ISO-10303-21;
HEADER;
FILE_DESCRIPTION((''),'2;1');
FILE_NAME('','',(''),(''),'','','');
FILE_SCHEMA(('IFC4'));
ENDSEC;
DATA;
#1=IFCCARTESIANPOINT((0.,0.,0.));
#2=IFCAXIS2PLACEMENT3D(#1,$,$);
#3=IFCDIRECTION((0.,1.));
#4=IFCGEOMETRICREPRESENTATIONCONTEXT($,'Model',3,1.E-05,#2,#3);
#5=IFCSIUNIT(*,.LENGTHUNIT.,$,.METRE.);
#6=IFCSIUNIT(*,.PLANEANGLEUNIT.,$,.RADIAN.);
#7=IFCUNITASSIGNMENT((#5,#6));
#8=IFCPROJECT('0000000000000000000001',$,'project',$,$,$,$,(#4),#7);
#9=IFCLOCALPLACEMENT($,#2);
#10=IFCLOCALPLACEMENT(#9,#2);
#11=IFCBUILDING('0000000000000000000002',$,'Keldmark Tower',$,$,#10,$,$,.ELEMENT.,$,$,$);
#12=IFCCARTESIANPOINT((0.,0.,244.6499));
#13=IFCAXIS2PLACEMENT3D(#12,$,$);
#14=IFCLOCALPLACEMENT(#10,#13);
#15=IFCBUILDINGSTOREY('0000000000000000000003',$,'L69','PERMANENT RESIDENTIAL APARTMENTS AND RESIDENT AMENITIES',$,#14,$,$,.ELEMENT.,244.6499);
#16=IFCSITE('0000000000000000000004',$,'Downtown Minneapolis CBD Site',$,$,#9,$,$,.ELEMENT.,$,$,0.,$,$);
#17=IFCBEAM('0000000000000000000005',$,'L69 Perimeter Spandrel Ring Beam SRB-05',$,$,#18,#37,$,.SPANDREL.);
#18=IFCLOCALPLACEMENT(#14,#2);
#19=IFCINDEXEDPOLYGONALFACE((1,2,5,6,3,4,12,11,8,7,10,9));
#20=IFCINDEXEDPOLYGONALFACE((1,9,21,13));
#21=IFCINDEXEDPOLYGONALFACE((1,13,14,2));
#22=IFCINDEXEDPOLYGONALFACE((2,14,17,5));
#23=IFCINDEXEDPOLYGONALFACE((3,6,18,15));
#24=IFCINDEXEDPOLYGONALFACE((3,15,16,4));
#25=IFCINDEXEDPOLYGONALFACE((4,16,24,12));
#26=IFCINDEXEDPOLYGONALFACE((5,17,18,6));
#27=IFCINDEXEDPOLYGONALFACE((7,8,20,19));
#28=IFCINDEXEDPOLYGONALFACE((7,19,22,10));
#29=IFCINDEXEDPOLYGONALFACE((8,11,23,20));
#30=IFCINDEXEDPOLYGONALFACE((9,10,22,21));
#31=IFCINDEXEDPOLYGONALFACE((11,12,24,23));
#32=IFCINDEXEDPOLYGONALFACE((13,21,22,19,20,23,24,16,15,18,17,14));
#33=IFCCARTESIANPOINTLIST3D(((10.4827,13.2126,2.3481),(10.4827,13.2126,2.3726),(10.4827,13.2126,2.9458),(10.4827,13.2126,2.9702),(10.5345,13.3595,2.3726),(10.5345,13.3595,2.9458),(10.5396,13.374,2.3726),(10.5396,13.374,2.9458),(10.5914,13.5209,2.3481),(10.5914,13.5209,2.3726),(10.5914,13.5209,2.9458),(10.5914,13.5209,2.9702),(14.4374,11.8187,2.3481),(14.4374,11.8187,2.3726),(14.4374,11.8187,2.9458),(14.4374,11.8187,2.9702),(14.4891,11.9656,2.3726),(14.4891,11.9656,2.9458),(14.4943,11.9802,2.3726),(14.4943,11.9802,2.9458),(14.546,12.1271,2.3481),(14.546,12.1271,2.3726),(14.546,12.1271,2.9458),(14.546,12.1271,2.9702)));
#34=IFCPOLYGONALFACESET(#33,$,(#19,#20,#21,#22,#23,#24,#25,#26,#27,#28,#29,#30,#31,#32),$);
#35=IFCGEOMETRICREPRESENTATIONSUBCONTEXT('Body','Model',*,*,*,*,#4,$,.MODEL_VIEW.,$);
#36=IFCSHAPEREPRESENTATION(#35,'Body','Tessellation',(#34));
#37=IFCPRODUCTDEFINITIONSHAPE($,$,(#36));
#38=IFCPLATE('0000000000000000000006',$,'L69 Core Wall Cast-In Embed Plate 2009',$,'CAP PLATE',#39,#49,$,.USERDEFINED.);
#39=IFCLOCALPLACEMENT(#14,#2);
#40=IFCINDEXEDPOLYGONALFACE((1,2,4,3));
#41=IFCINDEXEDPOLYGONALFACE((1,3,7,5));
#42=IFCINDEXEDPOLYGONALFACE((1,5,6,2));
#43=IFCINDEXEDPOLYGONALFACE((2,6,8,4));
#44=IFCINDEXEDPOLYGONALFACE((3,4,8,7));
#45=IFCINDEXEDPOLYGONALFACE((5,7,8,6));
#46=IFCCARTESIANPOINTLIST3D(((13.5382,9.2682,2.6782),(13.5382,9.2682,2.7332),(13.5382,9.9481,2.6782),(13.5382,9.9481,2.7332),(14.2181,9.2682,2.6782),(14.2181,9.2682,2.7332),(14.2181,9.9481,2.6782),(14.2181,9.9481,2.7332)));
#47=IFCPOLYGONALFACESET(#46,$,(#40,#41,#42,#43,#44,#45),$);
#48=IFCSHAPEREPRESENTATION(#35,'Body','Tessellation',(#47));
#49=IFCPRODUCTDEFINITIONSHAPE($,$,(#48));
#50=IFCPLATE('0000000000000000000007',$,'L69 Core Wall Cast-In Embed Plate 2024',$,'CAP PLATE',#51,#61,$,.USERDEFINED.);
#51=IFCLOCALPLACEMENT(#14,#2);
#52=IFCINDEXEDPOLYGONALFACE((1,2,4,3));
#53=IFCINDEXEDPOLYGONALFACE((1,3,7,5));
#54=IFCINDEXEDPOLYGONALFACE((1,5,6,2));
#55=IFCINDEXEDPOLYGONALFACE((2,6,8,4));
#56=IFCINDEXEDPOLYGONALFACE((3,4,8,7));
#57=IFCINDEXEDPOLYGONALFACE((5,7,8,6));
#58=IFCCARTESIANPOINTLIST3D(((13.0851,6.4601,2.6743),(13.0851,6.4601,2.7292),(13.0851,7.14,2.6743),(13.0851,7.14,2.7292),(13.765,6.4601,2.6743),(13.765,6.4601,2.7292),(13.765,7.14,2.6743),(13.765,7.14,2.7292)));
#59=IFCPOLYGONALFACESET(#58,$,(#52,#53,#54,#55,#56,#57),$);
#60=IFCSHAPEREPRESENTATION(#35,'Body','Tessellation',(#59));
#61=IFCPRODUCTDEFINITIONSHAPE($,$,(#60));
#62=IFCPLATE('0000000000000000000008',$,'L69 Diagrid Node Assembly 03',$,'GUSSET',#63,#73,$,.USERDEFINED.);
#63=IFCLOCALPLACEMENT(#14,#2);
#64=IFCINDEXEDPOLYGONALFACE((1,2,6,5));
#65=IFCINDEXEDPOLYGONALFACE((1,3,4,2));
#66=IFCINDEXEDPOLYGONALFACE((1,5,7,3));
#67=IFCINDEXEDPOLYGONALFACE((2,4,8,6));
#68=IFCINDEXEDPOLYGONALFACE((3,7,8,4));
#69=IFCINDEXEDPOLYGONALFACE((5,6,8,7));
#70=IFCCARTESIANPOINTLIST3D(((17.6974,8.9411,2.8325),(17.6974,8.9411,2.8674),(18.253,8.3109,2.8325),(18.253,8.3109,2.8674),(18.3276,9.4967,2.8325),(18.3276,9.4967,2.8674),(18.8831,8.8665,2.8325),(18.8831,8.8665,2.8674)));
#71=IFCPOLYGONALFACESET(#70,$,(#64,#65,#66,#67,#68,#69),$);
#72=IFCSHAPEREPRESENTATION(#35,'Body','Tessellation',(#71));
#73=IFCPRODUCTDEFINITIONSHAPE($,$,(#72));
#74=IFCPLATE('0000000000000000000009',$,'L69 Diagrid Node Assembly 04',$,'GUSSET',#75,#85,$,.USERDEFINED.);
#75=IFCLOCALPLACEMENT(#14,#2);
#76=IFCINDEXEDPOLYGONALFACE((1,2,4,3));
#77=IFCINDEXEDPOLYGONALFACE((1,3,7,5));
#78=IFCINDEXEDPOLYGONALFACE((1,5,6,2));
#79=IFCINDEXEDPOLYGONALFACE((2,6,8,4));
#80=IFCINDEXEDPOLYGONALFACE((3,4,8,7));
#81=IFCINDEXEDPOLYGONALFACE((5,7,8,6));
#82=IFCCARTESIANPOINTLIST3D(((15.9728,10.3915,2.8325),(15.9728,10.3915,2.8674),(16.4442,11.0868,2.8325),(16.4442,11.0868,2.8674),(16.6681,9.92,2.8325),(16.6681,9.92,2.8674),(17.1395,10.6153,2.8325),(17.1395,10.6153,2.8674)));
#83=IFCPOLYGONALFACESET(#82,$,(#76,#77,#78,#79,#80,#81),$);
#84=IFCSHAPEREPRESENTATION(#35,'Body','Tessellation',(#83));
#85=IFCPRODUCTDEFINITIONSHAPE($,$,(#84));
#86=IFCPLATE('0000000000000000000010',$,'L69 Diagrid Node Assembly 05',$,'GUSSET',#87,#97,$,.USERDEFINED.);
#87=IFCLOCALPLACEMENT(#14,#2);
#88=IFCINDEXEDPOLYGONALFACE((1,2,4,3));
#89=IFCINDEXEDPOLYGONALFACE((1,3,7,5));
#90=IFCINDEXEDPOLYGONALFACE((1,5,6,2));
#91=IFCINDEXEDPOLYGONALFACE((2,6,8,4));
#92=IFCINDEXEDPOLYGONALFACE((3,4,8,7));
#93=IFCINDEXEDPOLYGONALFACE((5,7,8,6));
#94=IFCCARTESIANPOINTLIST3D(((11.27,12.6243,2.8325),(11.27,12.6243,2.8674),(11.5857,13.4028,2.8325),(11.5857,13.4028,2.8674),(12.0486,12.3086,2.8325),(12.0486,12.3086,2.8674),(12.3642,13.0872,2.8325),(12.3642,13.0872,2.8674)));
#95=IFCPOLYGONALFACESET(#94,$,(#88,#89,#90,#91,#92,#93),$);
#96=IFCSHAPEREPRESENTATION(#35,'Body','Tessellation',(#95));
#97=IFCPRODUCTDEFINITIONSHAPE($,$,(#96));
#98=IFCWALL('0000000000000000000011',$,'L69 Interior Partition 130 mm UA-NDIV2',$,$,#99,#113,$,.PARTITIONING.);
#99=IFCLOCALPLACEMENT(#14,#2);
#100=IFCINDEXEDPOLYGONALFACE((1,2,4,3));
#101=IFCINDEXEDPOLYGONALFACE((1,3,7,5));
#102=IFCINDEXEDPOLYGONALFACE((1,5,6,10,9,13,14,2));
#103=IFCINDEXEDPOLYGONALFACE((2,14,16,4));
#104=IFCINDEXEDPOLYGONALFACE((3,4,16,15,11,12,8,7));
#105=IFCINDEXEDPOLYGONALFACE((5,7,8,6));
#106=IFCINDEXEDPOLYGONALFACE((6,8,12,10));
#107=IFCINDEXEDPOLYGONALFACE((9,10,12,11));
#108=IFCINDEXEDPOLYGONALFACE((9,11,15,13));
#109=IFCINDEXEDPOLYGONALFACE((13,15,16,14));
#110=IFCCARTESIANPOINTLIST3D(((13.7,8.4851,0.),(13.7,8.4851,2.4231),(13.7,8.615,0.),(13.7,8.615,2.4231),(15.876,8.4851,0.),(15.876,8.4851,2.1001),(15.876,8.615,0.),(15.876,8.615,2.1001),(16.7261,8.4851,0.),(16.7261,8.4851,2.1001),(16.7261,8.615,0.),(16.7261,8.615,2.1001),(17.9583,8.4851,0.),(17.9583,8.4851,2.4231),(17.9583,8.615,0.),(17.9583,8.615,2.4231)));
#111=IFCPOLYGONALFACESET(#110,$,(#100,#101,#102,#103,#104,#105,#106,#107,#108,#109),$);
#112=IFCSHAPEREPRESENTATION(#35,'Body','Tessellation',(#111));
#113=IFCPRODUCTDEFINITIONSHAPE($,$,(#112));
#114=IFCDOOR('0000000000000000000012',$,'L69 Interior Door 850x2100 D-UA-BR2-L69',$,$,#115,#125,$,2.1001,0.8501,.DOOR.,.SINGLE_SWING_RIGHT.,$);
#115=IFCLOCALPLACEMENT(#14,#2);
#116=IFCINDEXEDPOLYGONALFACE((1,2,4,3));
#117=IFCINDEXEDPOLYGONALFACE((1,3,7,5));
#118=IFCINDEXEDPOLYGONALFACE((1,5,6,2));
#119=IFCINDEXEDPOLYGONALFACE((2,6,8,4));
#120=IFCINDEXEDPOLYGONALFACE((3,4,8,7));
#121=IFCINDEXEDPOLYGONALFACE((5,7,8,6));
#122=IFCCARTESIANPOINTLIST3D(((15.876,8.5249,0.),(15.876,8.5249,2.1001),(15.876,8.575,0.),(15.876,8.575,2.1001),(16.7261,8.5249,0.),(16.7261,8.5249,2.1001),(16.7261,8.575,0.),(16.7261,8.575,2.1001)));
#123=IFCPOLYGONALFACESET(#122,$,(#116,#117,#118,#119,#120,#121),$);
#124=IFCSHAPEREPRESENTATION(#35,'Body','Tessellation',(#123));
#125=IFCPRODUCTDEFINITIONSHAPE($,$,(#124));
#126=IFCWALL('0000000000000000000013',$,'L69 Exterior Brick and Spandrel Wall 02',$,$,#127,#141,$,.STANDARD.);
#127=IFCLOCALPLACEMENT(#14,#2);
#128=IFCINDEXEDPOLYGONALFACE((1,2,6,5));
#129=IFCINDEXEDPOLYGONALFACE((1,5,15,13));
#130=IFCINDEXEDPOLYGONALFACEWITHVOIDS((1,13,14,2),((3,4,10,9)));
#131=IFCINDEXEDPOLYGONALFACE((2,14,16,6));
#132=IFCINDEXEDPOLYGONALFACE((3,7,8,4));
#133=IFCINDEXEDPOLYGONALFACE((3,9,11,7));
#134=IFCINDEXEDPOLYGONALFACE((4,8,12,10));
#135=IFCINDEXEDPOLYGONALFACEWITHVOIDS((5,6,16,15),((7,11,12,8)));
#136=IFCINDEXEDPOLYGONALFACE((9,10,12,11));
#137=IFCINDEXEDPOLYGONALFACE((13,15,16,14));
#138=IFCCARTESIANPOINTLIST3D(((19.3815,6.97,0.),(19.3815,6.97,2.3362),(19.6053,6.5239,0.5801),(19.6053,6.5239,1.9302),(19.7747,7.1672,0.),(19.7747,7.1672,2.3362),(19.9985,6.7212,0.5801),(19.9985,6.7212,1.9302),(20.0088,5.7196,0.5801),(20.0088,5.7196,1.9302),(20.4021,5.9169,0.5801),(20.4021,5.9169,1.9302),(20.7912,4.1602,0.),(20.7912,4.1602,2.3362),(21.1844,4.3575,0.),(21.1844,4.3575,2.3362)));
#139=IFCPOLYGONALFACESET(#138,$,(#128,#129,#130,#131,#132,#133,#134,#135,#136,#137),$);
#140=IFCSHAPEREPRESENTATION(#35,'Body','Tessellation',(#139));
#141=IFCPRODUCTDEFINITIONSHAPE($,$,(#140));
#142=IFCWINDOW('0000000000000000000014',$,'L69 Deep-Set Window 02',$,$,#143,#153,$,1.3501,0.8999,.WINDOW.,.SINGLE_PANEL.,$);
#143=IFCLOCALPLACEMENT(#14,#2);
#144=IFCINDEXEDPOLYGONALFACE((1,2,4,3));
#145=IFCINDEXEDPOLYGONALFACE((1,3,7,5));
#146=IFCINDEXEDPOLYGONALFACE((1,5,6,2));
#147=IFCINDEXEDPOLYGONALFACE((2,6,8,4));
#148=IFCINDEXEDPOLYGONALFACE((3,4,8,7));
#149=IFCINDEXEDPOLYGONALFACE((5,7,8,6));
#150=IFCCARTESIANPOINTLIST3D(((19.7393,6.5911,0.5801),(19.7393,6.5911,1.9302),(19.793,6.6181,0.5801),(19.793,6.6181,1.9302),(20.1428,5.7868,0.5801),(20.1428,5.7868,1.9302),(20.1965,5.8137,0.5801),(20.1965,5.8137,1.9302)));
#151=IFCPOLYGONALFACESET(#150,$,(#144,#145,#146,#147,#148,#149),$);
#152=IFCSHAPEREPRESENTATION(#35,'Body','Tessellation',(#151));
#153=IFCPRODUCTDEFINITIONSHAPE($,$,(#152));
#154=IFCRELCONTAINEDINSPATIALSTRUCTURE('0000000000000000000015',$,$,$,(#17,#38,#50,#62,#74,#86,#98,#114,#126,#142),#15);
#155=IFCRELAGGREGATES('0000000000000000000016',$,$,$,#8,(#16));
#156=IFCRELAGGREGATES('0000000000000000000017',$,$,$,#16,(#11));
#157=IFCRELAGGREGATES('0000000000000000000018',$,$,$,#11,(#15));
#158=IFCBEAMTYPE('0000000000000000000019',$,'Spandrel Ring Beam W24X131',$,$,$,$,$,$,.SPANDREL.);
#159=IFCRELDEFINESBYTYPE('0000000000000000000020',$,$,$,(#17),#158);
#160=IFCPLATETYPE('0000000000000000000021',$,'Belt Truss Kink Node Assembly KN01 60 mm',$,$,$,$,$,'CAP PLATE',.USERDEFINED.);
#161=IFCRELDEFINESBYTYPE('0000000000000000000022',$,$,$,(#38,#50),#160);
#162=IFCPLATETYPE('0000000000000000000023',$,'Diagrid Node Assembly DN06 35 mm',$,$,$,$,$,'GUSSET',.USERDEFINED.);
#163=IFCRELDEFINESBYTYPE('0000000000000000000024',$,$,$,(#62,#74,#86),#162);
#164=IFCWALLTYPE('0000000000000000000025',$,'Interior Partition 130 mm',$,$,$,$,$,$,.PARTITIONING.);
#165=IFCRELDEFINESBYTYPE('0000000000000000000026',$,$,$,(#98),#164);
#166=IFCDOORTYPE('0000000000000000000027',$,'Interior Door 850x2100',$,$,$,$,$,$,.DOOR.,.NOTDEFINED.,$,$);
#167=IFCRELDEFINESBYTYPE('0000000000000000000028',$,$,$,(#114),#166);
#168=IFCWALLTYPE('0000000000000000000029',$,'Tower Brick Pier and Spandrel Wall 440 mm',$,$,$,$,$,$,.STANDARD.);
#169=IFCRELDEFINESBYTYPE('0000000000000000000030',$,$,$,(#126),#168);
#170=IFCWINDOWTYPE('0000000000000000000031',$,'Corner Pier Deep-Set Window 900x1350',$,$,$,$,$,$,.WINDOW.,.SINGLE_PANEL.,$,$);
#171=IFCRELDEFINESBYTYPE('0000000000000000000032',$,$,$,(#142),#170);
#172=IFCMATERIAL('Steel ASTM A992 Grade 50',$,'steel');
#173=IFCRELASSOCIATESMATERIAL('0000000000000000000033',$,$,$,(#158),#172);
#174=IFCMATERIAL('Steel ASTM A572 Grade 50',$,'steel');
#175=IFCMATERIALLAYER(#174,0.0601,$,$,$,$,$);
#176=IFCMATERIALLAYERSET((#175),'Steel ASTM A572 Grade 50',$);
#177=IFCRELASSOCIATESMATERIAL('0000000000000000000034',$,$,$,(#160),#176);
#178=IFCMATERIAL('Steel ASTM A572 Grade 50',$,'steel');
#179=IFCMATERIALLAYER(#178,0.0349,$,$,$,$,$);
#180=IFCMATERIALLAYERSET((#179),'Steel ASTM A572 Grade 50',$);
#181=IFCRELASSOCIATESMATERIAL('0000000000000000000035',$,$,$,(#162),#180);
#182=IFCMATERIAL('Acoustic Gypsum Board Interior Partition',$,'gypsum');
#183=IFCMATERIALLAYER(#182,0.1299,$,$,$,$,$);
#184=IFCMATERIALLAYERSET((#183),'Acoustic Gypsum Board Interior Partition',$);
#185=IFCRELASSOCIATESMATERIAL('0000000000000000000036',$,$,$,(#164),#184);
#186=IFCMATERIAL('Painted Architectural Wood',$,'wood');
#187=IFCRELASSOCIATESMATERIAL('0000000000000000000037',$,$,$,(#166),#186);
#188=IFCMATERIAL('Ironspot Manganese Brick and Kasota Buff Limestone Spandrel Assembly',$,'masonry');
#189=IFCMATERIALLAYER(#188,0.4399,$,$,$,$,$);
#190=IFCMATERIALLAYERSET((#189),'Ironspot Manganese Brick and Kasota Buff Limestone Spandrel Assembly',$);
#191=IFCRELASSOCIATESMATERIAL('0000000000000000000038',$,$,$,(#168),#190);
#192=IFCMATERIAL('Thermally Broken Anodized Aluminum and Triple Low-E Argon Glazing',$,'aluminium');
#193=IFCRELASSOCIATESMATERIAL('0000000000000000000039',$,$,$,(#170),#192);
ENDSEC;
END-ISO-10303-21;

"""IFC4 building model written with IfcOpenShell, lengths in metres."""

from ifc_helpers import new_model, si_unit, direction, frame, frame_2d, origin, origin_2d, place, context, subcontext, project, spatial, rectangle, i_section, extrude, material, layer, layer_set, material_profile, profile_set, type_object, element, fill, save


model = new_model("IFC4")

# Units and contexts
model_context = context("Model", 3, precision=1e-05, world=origin(), true_north=direction((0.0, 1.0)))
body_context = subcontext(model_context, "Body", "Model", "MODEL_VIEW")
ifc_project = project(units=[si_unit("LENGTHUNIT", "METRE"), si_unit("PLANEANGLEUNIT", "RADIAN")], contexts=[model_context])

# Site, building, storey
site_placement = place(None, origin())
site = spatial("IfcSite", under=ifc_project, at=site_placement, Name="Downtown Minneapolis CBD Site", CompositionType="ELEMENT", RefElevation=0.0)
building_placement = place(site_placement, origin())
building = spatial("IfcBuilding", under=site, at=building_placement, Name="Keldmark Tower", CompositionType="ELEMENT")
storey_placement = place(building_placement, frame((0.0, 0.0, 244.6499)))
storey = spatial("IfcBuildingStorey", under=building, at=storey_placement, Name="L69", Description="PERMANENT RESIDENTIAL APARTMENTS AND RESIDENT AMENITIES", CompositionType="ELEMENT", Elevation=244.6499)

# Beam
ifc_material_1 = material(Name="Steel ASTM A992 Grade 50", Category="steel")
ifc_material_profile_1 = material_profile(ifc_material_1, i_section(OverallWidth=0.3269, OverallDepth=0.6221, WebThickness=0.0154, FlangeThickness=0.0244, at=origin_2d()), Name="W24X131")
ifc_profile_set_1 = profile_set([ifc_material_profile_1], Name="Steel ASTM A992 Grade 50")
beam_type_1 = type_object("IfcBeamType", Name="Spandrel Ring Beam W24X131", PredefinedType="SPANDREL", material=ifc_profile_set_1)
beam_1_placement = place(storey_placement, frame((14.4917, 11.9729, 2.6592), z_axis=(-0.943135, 0.332409, 0.0), x_axis=(-0.332409, -0.943135, 0.0)))
element("IfcBeam", 1, at=beam_1_placement, inside=storey, type_object=beam_type_1, Name="L69 Perimeter Spandrel Ring Beam SRB-05", PredefinedType="SPANDREL", context=body_context, shape_type="SweptSolid", body=[
    extrude(i_section(OverallWidth=0.3269, OverallDepth=0.6221, WebThickness=0.0154, FlangeThickness=0.0244, at=origin_2d()), origin(), (0.0, 0.0, 1.0), 4.1931),
])

# Plates
ifc_material_2 = material(Name="Steel ASTM A572 Grade 50", Category="steel")
ifc_layer_1 = layer(ifc_material_2, 0.0601)
ifc_layer_set_1 = layer_set([ifc_layer_1], Name="Steel ASTM A572 Grade 50")
plate_type_1 = type_object("IfcPlateType", Name="Belt Truss Kink Node Assembly KN01 60 mm", ElementType="CAP PLATE", PredefinedType="USERDEFINED", material=ifc_layer_set_1)
for number, where, z_axis, x_axis, name in (
    (2, (13.8782, 9.6082, 2.6782), (0.0, 0.0, 1.0), (1.0, 0.0, 0.0), "L69 Core Wall Cast-In Embed Plate 2009"),
    (3, (13.425, 6.8, 2.6743), (0.0, 0.0, 1.0), (1.0, 0.0, 0.0), "L69 Core Wall Cast-In Embed Plate 2024"),
):
    element("IfcPlate", number, at=place(storey_placement, frame(where, z_axis=z_axis, x_axis=x_axis)), inside=storey, type_object=plate_type_1, Name=name, ObjectType="CAP PLATE", PredefinedType="USERDEFINED", context=body_context, shape_type="SweptSolid", body=[
        extrude(rectangle(XDim=0.6799, YDim=0.6799, at=origin_2d()), origin(), (0.0, 0.0, 1.0), 0.0549),
    ])
ifc_material_3 = material(Name="Steel ASTM A572 Grade 50", Category="steel")
ifc_layer_2 = layer(ifc_material_3, 0.0349)
ifc_layer_set_2 = layer_set([ifc_layer_2], Name="Steel ASTM A572 Grade 50")
plate_type_2 = type_object("IfcPlateType", Name="Diagrid Node Assembly DN06 35 mm", ElementType="GUSSET", PredefinedType="USERDEFINED", material=ifc_layer_set_2)
for number, where, z_axis, x_axis, name in (
    (4, (18.2903, 8.9038, 2.8325), (0.0, 0.0, 1.0), (-0.661312, 0.750111, 0.0), "L69 Diagrid Node Assembly 03"),
    (5, (16.5562, 10.5034, 2.8325), (0.0, 0.0, 1.0), (-0.827669, 0.561217, 0.0), "L69 Diagrid Node Assembly 04"),
    (6, (11.8171, 12.8557, 2.8325), (0.0, 0.0, 1.0), (-0.926725, 0.375739, 0.0), "L69 Diagrid Node Assembly 05"),
):
    element("IfcPlate", number, at=place(storey_placement, frame(where, z_axis=z_axis, x_axis=x_axis)), inside=storey, type_object=plate_type_2, Name=name, ObjectType="GUSSET", PredefinedType="USERDEFINED", context=body_context, shape_type="SweptSolid", body=[
        extrude(rectangle(XDim=0.8401, YDim=0.8401, at=origin_2d()), origin(), (0.0, 0.0, 1.0), 0.0349),
    ])

# Wall, opening, door
ifc_material_4 = material(Name="Acoustic Gypsum Board Interior Partition", Category="gypsum")
ifc_layer_3 = layer(ifc_material_4, 0.1299)
ifc_layer_set_3 = layer_set([ifc_layer_3], Name="Acoustic Gypsum Board Interior Partition")
wall_type_1 = type_object("IfcWallType", Name="Interior Partition 130 mm", PredefinedType="PARTITIONING", material=ifc_layer_set_3)
wall_1_placement = place(storey_placement, frame((13.7, 8.55, 0.0), z_axis=(0.0, 0.0, 1.0), x_axis=(1.0, 0.0, 0.0)))
wall_1 = element("IfcWall", 7, at=wall_1_placement, inside=storey, type_object=wall_type_1, Name="L69 Interior Partition 130 mm UA-NDIV2", PredefinedType="PARTITIONING", context=body_context, shape_type="SweptSolid", body=[
    extrude(rectangle(XDim=4.2583, YDim=0.1299, at=frame_2d((2.1292, 0.0))), origin(), (0.0, 0.0, 1.0), 2.4231),
])
opening_1_placement = place(wall_1_placement, frame((2.176, 0.0, 0.0)))
opening_1 = element("IfcOpeningElement", 8, at=opening_1_placement, cuts=wall_1, PredefinedType="OPENING", context=body_context, shape_type="SweptSolid", body=[
    extrude(rectangle(XDim=0.8501, YDim=2.1001, at=frame_2d((0.425, 1.05))), frame((0.0, 0.075, 0.0), z_axis=(0.0, -1.0, 0.0), x_axis=(1.0, 0.0, 0.0)), (0.0, 0.0, 1.0), 0.1499),
])
ifc_material_5 = material(Name="Painted Architectural Wood", Category="wood")
door_type = type_object("IfcDoorType", Name="Interior Door 850x2100", OperationType="NOTDEFINED", PredefinedType="DOOR", material=ifc_material_5)
door_placement = place(opening_1_placement, origin())
door = element("IfcDoor", 9, at=door_placement, inside=storey, type_object=door_type, Name="L69 Interior Door 850x2100 D-UA-BR2-L69", OperationType="SINGLE_SWING_RIGHT", OverallHeight=2.1001, OverallWidth=0.8501, PredefinedType="DOOR", context=body_context, shape_type="SweptSolid", body=[
    extrude(rectangle(XDim=0.8501, YDim=2.1001, at=frame_2d((0.425, 1.05))), frame((0.0, 0.0249, 0.0), z_axis=(0.0, -1.0, 0.0), x_axis=(1.0, 0.0, 0.0)), (0.0, 0.0, 1.0), 0.05),
])
fill(opening_1, door)

# Wall, opening, window
ifc_material_6 = material(Name="Ironspot Manganese Brick and Kasota Buff Limestone Spandrel Assembly", Category="masonry")
ifc_layer_4 = layer(ifc_material_6, 0.4399)
ifc_layer_set_4 = layer_set([ifc_layer_4], Name="Ironspot Manganese Brick and Kasota Buff Limestone Spandrel Assembly")
wall_type_2 = type_object("IfcWallType", Name="Tower Brick Pier and Spandrel Wall 440 mm", PredefinedType="STANDARD", material=ifc_layer_set_4)
wall_2_placement = place(storey_placement, frame((19.5781, 7.0686, 0.0), z_axis=(0.0, 0.0, 1.0), x_axis=(0.448425, -0.893821, 0.0)))
wall_2 = element("IfcWall", 10, at=wall_2_placement, inside=storey, type_object=wall_type_2, Name="L69 Exterior Brick and Spandrel Wall 02", PredefinedType="STANDARD", context=body_context, shape_type="SweptSolid", body=[
    extrude(rectangle(XDim=3.1436, YDim=0.4399, at=frame_2d((1.5718, 0.0))), origin(), (0.0, 0.0, 1.0), 2.3362),
])
opening_2_placement = place(wall_2_placement, frame((0.499, 0.0, 0.5801)))
opening_2 = element("IfcOpeningElement", 11, at=opening_2_placement, cuts=wall_2, PredefinedType="OPENING", context=body_context, shape_type="SweptSolid", body=[
    extrude(rectangle(XDim=0.8999, YDim=1.3501, at=frame_2d((0.45, 0.675))), frame((0.0, 0.23, 0.0), z_axis=(0.0, -1.0, 0.0), x_axis=(1.0, 0.0, 0.0)), (0.0, 0.0, 1.0), 0.46),
])
ifc_material_7 = material(Name="Thermally Broken Anodized Aluminum and Triple Low-E Argon Glazing", Category="aluminium")
window_type_1 = type_object("IfcWindowType", Name="Corner Pier Deep-Set Window 900x1350", PartitioningType="SINGLE_PANEL", PredefinedType="WINDOW", material=ifc_material_7)
window_1_placement = place(opening_2_placement, origin())
window_1 = element("IfcWindow", 12, at=window_1_placement, inside=storey, type_object=window_type_1, Name="L69 Deep-Set Window 02", OverallHeight=1.3501, OverallWidth=0.8999, PartitioningType="SINGLE_PANEL", PredefinedType="WINDOW", context=body_context, shape_type="SweptSolid", body=[
    extrude(rectangle(XDim=0.8999, YDim=1.3501, at=frame_2d((0.45, 0.675))), frame((0.0, -0.01, 0.0), z_axis=(0.0, -1.0, 0.0), x_axis=(1.0, 0.0, 0.0)), (0.0, 0.0, 1.0), 0.0601),
])
fill(opening_2, window_1)

save(model, "model.ifc")
